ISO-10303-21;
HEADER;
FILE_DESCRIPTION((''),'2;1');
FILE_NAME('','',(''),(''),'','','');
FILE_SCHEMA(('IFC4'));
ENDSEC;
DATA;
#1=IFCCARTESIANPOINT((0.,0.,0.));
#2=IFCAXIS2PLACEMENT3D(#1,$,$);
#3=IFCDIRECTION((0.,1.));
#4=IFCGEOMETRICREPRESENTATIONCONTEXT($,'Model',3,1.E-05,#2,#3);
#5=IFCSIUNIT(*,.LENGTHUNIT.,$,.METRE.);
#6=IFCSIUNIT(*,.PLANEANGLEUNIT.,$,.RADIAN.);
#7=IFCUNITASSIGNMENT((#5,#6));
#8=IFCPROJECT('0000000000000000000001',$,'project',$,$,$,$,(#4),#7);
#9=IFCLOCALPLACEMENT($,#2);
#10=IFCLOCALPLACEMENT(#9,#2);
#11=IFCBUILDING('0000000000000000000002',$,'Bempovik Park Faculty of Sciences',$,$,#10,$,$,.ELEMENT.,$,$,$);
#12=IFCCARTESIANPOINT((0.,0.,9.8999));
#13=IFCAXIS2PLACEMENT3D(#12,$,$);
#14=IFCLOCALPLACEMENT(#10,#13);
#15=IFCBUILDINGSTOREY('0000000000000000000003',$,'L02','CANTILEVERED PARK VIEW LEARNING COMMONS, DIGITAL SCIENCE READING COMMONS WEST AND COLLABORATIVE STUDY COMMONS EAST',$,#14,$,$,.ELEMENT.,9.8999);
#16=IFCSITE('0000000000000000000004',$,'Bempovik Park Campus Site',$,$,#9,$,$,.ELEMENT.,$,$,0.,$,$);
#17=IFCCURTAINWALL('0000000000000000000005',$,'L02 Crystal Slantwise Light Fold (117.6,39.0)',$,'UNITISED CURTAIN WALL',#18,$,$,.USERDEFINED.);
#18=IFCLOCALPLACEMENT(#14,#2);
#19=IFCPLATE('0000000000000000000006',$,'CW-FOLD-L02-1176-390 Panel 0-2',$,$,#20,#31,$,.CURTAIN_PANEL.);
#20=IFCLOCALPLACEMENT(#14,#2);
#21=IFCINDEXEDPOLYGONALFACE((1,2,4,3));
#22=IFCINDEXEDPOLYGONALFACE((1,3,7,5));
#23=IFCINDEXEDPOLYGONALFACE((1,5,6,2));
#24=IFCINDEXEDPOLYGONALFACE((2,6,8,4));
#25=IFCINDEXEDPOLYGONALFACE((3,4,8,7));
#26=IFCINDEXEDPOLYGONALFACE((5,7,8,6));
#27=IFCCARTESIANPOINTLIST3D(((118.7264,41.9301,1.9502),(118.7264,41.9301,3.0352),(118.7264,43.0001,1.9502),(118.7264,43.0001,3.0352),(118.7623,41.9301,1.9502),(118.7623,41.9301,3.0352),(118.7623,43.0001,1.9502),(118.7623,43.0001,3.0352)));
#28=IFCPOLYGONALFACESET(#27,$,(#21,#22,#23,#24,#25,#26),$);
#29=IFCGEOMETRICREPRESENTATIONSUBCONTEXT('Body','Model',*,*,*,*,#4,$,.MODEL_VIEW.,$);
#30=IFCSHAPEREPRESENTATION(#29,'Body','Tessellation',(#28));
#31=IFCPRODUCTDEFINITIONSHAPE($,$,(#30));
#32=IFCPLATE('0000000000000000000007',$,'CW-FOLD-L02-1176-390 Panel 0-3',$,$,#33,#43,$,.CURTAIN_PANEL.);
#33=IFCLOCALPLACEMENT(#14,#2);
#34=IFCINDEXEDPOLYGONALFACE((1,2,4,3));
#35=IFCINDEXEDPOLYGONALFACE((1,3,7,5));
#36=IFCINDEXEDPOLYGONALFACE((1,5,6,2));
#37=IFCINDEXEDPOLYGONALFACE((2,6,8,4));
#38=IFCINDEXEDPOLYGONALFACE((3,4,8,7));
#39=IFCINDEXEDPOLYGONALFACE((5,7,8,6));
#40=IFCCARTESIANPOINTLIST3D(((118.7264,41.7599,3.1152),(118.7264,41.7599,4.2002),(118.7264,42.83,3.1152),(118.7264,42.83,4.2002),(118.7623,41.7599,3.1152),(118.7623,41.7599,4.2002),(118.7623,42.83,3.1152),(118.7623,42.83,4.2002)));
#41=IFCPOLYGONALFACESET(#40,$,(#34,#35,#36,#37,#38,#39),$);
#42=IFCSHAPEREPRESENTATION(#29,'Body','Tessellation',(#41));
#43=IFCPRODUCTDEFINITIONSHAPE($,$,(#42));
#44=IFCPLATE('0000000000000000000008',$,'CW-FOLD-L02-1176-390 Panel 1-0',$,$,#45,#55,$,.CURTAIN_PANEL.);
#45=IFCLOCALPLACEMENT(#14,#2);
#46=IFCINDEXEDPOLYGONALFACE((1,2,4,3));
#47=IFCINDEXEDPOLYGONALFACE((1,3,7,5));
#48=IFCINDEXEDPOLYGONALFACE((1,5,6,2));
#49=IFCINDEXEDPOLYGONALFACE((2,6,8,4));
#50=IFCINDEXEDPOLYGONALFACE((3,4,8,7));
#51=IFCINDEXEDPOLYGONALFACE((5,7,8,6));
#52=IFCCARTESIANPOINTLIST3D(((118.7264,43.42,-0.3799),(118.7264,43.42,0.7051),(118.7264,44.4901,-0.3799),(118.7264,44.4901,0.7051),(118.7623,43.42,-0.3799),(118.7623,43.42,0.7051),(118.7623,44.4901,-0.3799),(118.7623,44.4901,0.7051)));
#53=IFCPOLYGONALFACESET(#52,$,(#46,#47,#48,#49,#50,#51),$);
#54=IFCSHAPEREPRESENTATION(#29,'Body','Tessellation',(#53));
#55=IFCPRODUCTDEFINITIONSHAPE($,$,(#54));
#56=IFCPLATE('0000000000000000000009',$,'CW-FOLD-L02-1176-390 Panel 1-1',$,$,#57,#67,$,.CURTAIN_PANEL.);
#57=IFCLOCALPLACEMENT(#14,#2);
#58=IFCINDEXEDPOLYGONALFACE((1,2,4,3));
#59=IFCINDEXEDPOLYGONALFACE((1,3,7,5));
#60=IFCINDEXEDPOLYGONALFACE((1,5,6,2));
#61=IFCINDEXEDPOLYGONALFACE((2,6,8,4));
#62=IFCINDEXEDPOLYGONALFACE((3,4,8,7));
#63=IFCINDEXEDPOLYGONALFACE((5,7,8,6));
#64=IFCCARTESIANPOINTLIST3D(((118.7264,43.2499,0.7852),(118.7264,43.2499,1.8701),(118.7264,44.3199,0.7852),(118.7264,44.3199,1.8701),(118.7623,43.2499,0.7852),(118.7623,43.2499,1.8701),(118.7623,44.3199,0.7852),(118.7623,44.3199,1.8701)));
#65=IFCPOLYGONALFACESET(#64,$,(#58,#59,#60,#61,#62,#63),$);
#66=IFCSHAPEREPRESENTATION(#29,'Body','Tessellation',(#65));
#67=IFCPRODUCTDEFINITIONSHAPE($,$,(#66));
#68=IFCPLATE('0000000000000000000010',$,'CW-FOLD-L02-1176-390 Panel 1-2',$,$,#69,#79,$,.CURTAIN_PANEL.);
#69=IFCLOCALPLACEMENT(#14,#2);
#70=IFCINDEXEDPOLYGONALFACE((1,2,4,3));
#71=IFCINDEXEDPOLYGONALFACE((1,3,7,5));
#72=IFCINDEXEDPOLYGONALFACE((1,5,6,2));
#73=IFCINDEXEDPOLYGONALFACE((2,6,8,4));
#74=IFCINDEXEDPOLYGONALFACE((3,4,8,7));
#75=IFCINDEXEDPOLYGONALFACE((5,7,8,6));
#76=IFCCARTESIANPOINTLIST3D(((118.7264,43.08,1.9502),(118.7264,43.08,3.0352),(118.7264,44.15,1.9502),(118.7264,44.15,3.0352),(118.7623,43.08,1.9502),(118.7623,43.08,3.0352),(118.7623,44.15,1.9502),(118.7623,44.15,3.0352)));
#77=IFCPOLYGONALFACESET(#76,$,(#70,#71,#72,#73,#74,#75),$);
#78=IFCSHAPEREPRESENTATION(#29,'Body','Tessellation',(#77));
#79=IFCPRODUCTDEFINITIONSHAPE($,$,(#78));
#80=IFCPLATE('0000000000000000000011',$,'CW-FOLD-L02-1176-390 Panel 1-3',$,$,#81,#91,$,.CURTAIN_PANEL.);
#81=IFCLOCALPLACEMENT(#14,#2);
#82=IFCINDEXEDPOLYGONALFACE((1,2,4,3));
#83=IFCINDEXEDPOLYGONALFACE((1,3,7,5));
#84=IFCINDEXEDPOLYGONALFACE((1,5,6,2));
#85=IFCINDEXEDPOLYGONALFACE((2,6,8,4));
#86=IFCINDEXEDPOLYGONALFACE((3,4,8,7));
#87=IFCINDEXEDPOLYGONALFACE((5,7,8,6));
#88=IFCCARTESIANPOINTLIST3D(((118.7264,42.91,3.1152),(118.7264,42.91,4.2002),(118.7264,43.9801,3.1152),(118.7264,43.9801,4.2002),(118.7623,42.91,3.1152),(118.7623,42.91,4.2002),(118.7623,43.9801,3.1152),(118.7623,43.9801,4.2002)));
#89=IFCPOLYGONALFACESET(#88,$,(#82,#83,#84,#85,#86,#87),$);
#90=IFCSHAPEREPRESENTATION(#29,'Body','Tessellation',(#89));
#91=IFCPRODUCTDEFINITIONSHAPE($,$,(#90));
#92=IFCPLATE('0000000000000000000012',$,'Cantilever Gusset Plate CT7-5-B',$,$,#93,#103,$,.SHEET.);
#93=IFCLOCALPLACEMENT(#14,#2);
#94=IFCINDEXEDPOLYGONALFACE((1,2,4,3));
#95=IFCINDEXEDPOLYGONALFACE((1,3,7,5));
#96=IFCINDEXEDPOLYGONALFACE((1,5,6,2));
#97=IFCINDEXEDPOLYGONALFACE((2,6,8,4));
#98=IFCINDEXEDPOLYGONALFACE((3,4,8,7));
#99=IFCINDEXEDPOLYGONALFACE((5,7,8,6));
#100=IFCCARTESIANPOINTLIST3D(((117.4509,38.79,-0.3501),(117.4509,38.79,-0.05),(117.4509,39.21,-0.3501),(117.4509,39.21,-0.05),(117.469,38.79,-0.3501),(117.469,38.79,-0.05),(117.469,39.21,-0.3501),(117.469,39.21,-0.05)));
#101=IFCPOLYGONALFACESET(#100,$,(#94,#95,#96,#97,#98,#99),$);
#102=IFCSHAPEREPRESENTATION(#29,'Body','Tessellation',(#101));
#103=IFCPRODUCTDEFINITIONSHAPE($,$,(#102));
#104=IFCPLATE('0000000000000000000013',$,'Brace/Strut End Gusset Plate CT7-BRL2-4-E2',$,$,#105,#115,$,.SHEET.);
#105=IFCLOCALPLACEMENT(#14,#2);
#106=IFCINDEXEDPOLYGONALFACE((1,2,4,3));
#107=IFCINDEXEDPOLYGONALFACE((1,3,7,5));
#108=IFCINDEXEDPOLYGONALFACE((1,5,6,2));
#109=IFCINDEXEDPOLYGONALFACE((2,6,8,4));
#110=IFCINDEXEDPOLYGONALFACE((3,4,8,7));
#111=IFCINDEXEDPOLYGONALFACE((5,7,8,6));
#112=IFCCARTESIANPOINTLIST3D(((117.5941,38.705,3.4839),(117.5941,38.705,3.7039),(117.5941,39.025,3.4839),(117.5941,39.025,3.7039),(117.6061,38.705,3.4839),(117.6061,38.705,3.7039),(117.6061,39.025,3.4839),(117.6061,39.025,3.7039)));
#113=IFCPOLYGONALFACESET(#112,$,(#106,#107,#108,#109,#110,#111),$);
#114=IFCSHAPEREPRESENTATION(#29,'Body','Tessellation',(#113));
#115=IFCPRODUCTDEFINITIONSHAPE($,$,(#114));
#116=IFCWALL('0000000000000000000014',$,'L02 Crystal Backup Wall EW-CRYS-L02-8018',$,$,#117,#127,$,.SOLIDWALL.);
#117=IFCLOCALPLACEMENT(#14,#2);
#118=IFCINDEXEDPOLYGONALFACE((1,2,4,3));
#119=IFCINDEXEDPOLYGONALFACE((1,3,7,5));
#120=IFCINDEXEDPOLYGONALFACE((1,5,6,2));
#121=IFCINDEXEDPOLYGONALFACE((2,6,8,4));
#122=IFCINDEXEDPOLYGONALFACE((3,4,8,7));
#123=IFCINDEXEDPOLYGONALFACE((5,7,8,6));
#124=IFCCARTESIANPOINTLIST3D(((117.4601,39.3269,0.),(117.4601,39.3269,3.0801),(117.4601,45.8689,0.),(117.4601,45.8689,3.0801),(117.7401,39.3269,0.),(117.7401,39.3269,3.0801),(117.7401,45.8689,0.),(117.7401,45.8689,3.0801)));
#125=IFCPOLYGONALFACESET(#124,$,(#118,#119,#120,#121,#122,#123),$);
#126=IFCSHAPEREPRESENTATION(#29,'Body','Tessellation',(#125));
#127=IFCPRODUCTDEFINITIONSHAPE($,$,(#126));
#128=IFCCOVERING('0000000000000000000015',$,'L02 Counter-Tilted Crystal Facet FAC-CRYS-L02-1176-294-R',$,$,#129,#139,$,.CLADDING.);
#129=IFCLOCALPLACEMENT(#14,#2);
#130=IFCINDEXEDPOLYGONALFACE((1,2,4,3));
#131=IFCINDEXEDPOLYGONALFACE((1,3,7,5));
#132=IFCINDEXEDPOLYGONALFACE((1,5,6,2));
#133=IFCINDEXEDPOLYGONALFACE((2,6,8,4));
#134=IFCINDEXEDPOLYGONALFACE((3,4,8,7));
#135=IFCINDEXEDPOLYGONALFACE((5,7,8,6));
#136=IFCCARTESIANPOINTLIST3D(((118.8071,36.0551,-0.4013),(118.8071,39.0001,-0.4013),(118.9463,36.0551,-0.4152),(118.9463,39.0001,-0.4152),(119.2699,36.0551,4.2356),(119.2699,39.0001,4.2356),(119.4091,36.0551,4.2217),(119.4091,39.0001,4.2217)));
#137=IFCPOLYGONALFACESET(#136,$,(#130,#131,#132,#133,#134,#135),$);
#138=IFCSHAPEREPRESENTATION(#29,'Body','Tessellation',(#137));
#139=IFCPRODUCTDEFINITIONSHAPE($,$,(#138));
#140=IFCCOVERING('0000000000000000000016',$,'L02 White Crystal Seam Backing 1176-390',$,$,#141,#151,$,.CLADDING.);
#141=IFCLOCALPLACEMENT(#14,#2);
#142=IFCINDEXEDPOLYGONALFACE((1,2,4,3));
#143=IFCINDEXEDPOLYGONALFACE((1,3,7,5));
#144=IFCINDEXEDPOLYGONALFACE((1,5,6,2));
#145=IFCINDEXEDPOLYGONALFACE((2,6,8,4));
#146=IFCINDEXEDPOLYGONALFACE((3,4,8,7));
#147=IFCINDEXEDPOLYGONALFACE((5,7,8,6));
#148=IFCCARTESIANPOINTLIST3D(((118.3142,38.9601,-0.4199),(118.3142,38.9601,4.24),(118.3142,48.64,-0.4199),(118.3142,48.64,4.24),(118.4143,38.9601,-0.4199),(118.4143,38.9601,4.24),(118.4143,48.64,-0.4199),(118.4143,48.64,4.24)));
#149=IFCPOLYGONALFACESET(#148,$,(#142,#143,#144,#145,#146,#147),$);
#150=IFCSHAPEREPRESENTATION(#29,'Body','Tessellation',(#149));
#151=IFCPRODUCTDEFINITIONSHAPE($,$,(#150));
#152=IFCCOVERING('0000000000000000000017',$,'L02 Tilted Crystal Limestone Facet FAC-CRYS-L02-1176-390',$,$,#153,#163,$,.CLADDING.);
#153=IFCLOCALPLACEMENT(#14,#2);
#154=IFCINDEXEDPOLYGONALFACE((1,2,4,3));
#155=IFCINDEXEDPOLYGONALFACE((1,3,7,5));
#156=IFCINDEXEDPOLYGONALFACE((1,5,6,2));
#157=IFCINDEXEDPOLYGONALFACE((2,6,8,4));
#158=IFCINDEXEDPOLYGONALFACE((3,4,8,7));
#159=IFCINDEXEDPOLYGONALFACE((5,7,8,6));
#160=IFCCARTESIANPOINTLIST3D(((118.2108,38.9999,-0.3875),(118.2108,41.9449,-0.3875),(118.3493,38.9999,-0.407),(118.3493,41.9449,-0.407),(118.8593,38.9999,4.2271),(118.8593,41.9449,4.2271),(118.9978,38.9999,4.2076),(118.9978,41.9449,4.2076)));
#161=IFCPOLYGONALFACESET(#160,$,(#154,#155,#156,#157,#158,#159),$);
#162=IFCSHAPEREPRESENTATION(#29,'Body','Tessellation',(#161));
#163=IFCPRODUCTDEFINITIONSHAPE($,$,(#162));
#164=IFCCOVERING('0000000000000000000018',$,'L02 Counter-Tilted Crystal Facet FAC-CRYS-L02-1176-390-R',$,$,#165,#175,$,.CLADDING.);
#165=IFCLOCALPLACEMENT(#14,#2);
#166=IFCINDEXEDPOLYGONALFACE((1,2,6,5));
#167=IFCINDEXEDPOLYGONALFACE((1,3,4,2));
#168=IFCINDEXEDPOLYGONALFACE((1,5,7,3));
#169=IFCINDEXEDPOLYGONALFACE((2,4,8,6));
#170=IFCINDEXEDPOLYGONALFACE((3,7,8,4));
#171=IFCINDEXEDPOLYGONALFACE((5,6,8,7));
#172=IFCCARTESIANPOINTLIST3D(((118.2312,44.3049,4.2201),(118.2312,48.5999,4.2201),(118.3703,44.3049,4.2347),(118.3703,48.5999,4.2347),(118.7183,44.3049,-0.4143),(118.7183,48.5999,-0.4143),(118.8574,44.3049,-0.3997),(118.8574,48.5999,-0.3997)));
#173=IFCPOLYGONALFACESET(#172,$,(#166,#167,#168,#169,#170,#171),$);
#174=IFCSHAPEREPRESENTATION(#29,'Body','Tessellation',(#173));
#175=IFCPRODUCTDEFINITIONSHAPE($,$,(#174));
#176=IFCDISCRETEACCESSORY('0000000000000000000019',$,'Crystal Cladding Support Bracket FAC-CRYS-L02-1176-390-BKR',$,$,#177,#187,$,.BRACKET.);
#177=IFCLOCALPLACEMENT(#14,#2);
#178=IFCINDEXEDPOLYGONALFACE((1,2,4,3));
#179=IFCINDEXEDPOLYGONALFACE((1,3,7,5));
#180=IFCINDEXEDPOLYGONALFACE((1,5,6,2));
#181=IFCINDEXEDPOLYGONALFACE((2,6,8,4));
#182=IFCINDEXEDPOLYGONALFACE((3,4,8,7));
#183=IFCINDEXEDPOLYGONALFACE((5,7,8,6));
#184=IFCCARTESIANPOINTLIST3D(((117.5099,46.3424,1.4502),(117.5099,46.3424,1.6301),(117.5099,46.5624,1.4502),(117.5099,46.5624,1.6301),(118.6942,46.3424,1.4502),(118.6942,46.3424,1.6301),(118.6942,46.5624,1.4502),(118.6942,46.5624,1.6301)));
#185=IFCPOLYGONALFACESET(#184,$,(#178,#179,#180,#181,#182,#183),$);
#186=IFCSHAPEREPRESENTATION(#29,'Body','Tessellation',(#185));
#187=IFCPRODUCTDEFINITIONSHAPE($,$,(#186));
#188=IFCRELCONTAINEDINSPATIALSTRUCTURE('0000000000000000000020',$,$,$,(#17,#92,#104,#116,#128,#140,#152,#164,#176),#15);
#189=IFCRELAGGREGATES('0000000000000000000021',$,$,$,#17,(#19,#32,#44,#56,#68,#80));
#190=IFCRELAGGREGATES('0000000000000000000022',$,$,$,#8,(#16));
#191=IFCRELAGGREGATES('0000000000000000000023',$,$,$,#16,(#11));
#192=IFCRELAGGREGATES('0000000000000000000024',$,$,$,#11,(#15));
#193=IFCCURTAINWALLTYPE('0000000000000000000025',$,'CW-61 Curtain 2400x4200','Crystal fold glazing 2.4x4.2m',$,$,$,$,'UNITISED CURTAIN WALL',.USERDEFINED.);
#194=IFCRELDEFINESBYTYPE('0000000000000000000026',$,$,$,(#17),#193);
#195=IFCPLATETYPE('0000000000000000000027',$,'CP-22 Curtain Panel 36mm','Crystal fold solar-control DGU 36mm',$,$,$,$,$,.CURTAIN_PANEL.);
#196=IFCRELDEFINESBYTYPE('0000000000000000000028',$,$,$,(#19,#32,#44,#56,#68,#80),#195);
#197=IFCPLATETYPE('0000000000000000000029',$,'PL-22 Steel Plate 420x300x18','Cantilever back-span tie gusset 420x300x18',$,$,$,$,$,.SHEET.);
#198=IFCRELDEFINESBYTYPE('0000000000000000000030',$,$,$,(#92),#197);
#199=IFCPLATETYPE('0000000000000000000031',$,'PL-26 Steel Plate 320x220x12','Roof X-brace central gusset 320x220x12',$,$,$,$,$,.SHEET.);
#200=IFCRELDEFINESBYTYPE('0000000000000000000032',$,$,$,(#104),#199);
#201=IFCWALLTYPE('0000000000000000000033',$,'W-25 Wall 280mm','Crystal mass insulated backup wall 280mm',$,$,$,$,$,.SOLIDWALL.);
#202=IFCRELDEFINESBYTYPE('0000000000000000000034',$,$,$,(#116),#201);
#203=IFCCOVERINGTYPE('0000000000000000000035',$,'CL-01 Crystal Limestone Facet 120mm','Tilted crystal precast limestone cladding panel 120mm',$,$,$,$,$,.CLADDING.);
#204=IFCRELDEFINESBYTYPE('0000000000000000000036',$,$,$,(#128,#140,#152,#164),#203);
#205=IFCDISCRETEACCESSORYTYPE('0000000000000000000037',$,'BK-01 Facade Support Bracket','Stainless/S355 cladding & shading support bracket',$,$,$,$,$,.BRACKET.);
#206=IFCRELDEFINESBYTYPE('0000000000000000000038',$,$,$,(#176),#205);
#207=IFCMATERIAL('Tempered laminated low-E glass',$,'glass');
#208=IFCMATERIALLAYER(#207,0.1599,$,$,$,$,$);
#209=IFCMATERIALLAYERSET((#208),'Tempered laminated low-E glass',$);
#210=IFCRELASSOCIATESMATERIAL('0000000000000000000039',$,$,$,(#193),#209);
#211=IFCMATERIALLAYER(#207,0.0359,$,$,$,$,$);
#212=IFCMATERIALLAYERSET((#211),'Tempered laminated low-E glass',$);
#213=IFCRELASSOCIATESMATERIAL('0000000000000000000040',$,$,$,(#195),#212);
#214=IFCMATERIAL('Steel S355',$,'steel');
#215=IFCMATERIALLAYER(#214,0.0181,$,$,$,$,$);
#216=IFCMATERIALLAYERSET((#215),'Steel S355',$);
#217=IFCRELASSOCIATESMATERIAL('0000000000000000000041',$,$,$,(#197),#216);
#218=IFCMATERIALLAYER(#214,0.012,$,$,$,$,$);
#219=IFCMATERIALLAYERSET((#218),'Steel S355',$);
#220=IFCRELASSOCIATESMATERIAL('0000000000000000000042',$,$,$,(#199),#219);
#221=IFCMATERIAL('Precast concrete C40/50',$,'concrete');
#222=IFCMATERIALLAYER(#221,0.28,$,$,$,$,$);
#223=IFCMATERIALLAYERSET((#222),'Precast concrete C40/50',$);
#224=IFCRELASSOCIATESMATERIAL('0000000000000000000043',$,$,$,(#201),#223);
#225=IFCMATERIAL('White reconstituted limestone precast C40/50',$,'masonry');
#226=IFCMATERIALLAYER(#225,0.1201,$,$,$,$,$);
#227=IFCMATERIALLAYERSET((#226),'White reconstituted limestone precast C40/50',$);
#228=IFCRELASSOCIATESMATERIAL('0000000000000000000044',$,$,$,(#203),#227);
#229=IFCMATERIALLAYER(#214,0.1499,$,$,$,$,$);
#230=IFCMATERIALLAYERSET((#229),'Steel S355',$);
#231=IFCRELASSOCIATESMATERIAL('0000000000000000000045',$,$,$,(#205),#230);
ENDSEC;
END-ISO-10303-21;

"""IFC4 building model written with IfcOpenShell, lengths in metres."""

from ifc_helpers import new_model, si_unit, direction, frame, frame_2d, origin, origin_2d, place, context, subcontext, project, spatial, rectangle, extrude, material, layer, layer_set, type_object, element, aggregate, save


model = new_model("IFC4")

# Units and contexts
model_context = context("Model", 3, precision=1e-05, world=origin(), true_north=direction((0.0, 1.0)))
body_context = subcontext(model_context, "Body", "Model", "MODEL_VIEW")
ifc_project = project(units=[si_unit("LENGTHUNIT", "METRE"), si_unit("PLANEANGLEUNIT", "RADIAN")], contexts=[model_context])

# Site, building, storey
site_placement = place(None, origin())
site = spatial("IfcSite", under=ifc_project, at=site_placement, Name="Bempovik Park Campus Site", CompositionType="ELEMENT", RefElevation=0.0)
building_placement = place(site_placement, origin())
building = spatial("IfcBuilding", under=site, at=building_placement, Name="Bempovik Park Faculty of Sciences", CompositionType="ELEMENT")
storey_placement = place(building_placement, frame((0.0, 0.0, 9.8999)))
storey = spatial("IfcBuildingStorey", under=building, at=storey_placement, Name="L02", Description="CANTILEVERED PARK VIEW LEARNING COMMONS, DIGITAL SCIENCE READING COMMONS WEST AND COLLABORATIVE STUDY COMMONS EAST", CompositionType="ELEMENT", Elevation=9.8999)

# Shared definitions
ifc_material_1 = material(Name="Steel S355", Category="steel")

# Curtain wall, plates
ifc_material_2 = material(Name="Tempered laminated low-E glass", Category="glass")
ifc_layer_1 = layer(ifc_material_2, 0.1599)
ifc_layer_set_1 = layer_set([ifc_layer_1], Name="Tempered laminated low-E glass")
curtain_wall_type = type_object("IfcCurtainWallType", Name="CW-61 Curtain 2400x4200", Description="Crystal fold glazing 2.4x4.2m", ElementType="UNITISED CURTAIN WALL", PredefinedType="USERDEFINED", material=ifc_layer_set_1)
curtain_wall_placement = place(storey_placement, origin())
curtain_wall = element("IfcCurtainWall", 1, at=curtain_wall_placement, inside=storey, type_object=curtain_wall_type, Name="L02 Crystal Slantwise Light Fold (117.6,39.0)", ObjectType="UNITISED CURTAIN WALL", PredefinedType="USERDEFINED")
ifc_layer_2 = layer(ifc_material_2, 0.0359)
ifc_layer_set_2 = layer_set([ifc_layer_2], Name="Tempered laminated low-E glass")
plate_type_1 = type_object("IfcPlateType", Name="CP-22 Curtain Panel 36mm", Description="Crystal fold solar-control DGU 36mm", PredefinedType="CURTAIN_PANEL", material=ifc_layer_set_2)
plate_1_placement = place(storey_placement, frame((118.7444, 42.4651, 1.9502), z_axis=(0.0, 0.0, 1.0), x_axis=(0.0, 1.0, 0.0)))
plate_1 = element("IfcPlate", 2, at=plate_1_placement, type_object=plate_type_1, Name="CW-FOLD-L02-1176-390 Panel 0-2", PredefinedType="CURTAIN_PANEL", context=body_context, shape_type="SweptSolid", body=[
    extrude(rectangle(XDim=1.0701, YDim=0.0359, at=origin_2d()), origin(), (0.0, 0.0, 1.0), 1.085),
])
plate_2_placement = place(storey_placement, frame((118.7444, 42.2949, 3.1152), z_axis=(0.0, 0.0, 1.0), x_axis=(0.0, 1.0, 0.0)))
plate_2 = element("IfcPlate", 3, at=plate_2_placement, type_object=plate_type_1, Name="CW-FOLD-L02-1176-390 Panel 0-3", PredefinedType="CURTAIN_PANEL", context=body_context, shape_type="SweptSolid", body=[
    extrude(rectangle(XDim=1.0701, YDim=0.0359, at=origin_2d()), origin(), (0.0, 0.0, 1.0), 1.085),
])
plate_3_placement = place(storey_placement, frame((118.7444, 43.9551, -0.3799), z_axis=(0.0, 0.0, 1.0), x_axis=(0.0, 1.0, 0.0)))
plate_3 = element("IfcPlate", 4, at=plate_3_placement, type_object=plate_type_1, Name="CW-FOLD-L02-1176-390 Panel 1-0", PredefinedType="CURTAIN_PANEL", context=body_context, shape_type="SweptSolid", body=[
    extrude(rectangle(XDim=1.0701, YDim=0.0359, at=origin_2d()), origin(), (0.0, 0.0, 1.0), 1.085),
])
plate_4_placement = place(storey_placement, frame((118.7444, 43.7849, 0.7852), z_axis=(0.0, 0.0, 1.0), x_axis=(0.0, 1.0, 0.0)))
plate_4 = element("IfcPlate", 5, at=plate_4_placement, type_object=plate_type_1, Name="CW-FOLD-L02-1176-390 Panel 1-1", PredefinedType="CURTAIN_PANEL", context=body_context, shape_type="SweptSolid", body=[
    extrude(rectangle(XDim=1.0701, YDim=0.0359, at=origin_2d()), origin(), (0.0, 0.0, 1.0), 1.085),
])
plate_5_placement = place(storey_placement, frame((118.7444, 43.615, 1.9502), z_axis=(0.0, 0.0, 1.0), x_axis=(0.0, 1.0, 0.0)))
plate_5 = element("IfcPlate", 6, at=plate_5_placement, type_object=plate_type_1, Name="CW-FOLD-L02-1176-390 Panel 1-2", PredefinedType="CURTAIN_PANEL", context=body_context, shape_type="SweptSolid", body=[
    extrude(rectangle(XDim=1.0701, YDim=0.0359, at=origin_2d()), origin(), (0.0, 0.0, 1.0), 1.085),
])
plate_6_placement = place(storey_placement, frame((118.7444, 43.4451, 3.1152), z_axis=(0.0, 0.0, 1.0), x_axis=(0.0, 1.0, 0.0)))
plate_6 = element("IfcPlate", 7, at=plate_6_placement, type_object=plate_type_1, Name="CW-FOLD-L02-1176-390 Panel 1-3", PredefinedType="CURTAIN_PANEL", context=body_context, shape_type="SweptSolid", body=[
    extrude(rectangle(XDim=1.0701, YDim=0.0359, at=origin_2d()), origin(), (0.0, 0.0, 1.0), 1.085),
])
aggregate(curtain_wall, [plate_1, plate_2, plate_3, plate_4, plate_5, plate_6])

# Plates
ifc_layer_3 = layer(ifc_material_1, 0.0181)
ifc_layer_set_3 = layer_set([ifc_layer_3], Name="Steel S355")
plate_type_2 = type_object("IfcPlateType", Name="PL-22 Steel Plate 420x300x18", Description="Cantilever back-span tie gusset 420x300x18", PredefinedType="SHEET", material=ifc_layer_set_3)
plate_7_placement = place(storey_placement, frame((117.46, 39.0, -0.3501), z_axis=(0.0, 0.0, 1.0), x_axis=(1.0, 0.0, 0.0)))
element("IfcPlate", 8, at=plate_7_placement, inside=storey, type_object=plate_type_2, Name="Cantilever Gusset Plate CT7-5-B", PredefinedType="SHEET", context=body_context, shape_type="SweptSolid", body=[
    extrude(rectangle(XDim=0.0181, YDim=0.4199, at=origin_2d()), origin(), (0.0, 0.0, 1.0), 0.3),
])
ifc_layer_4 = layer(ifc_material_1, 0.012)
ifc_layer_set_4 = layer_set([ifc_layer_4], Name="Steel S355")
plate_type_3 = type_object("IfcPlateType", Name="PL-26 Steel Plate 320x220x12", Description="Roof X-brace central gusset 320x220x12", PredefinedType="SHEET", material=ifc_layer_set_4)
plate_8_placement = place(storey_placement, frame((117.6001, 38.865, 3.4839), z_axis=(0.0, 0.0, 1.0), x_axis=(1.0, 0.0, 0.0)))
element("IfcPlate", 9, at=plate_8_placement, inside=storey, type_object=plate_type_3, Name="Brace/Strut End Gusset Plate CT7-BRL2-4-E2", PredefinedType="SHEET", context=body_context, shape_type="SweptSolid", body=[
    extrude(rectangle(XDim=0.012, YDim=0.3201, at=origin_2d()), origin(), (0.0, 0.0, 1.0), 0.22),
])

# Wall
ifc_material_3 = material(Name="Precast concrete C40/50", Category="concrete")
ifc_layer_5 = layer(ifc_material_3, 0.28)
ifc_layer_set_5 = layer_set([ifc_layer_5], Name="Precast concrete C40/50")
wall_type = type_object("IfcWallType", Name="W-25 Wall 280mm", Description="Crystal mass insulated backup wall 280mm", PredefinedType="SOLIDWALL", material=ifc_layer_set_5)
wall_placement = place(storey_placement, frame((117.6001, 39.3269, 0.0), z_axis=(0.0, 0.0, 1.0), x_axis=(0.0, 1.0, 0.0)))
element("IfcWall", 10, at=wall_placement, inside=storey, type_object=wall_type, Name="L02 Crystal Backup Wall EW-CRYS-L02-8018", PredefinedType="SOLIDWALL", context=body_context, shape_type="SweptSolid", body=[
    extrude(rectangle(XDim=6.542, YDim=0.28, at=frame_2d((3.271, 0.0))), origin(), (0.0, 0.0, 1.0), 3.0801),
])

# Coverings
ifc_material_4 = material(Name="White reconstituted limestone precast C40/50", Category="masonry")
ifc_layer_6 = layer(ifc_material_4, 0.1201)
ifc_layer_set_6 = layer_set([ifc_layer_6], Name="White reconstituted limestone precast C40/50")
covering_type = type_object("IfcCoveringType", Name="CL-01 Crystal Limestone Facet 120mm", Description="Tilted crystal precast limestone cladding panel 120mm", PredefinedType="CLADDING", material=ifc_layer_set_6)
covering_1_placement = place(storey_placement, frame((118.8767, 37.5276, -0.4082), z_axis=(0.09932, 0.0, 0.995056), x_axis=(0.0, 1.0, 0.0)))
element("IfcCovering", 11, at=covering_1_placement, inside=storey, type_object=covering_type, Name="L02 Counter-Tilted Crystal Facet FAC-CRYS-L02-1176-294-R", PredefinedType="CLADDING", context=body_context, shape_type="SweptSolid", body=[
    extrude(rectangle(XDim=2.9451, YDim=0.1399, at=origin_2d()), origin(), (0.0, 0.0, 1.0), 4.6599),
])
covering_2_placement = place(storey_placement, frame((118.3643, 43.8, -0.4199), z_axis=(0.0, 0.0, 1.0), x_axis=(1.0, 0.0, 0.0)))
element("IfcCovering", 12, at=covering_2_placement, inside=storey, type_object=covering_type, Name="L02 White Crystal Seam Backing 1176-390", PredefinedType="CLADDING", context=body_context, shape_type="SweptSolid", body=[
    extrude(rectangle(XDim=0.1001, YDim=9.6799, at=origin_2d()), origin(), (0.0, 0.0, 1.0), 4.6599),
])
covering_3_placement = place(storey_placement, frame((118.28, 40.4724, -0.3972), z_axis=(0.139173, 0.0, 0.990268), x_axis=(0.0, 1.0, 0.0)))
element("IfcCovering", 13, at=covering_3_placement, inside=storey, type_object=covering_type, Name="L02 Tilted Crystal Limestone Facet FAC-CRYS-L02-1176-390", PredefinedType="CLADDING", context=body_context, shape_type="SweptSolid", body=[
    extrude(rectangle(XDim=2.9451, YDim=0.1399, at=origin_2d()), origin(), (0.0, 0.0, 1.0), 4.6599),
])
covering_4_placement = place(storey_placement, frame((118.7878, 46.4524, -0.407), z_axis=(-0.104528, 0.0, 0.994522), x_axis=(0.0, 1.0, 0.0)))
element("IfcCovering", 14, at=covering_4_placement, inside=storey, type_object=covering_type, Name="L02 Counter-Tilted Crystal Facet FAC-CRYS-L02-1176-390-R", PredefinedType="CLADDING", context=body_context, shape_type="SweptSolid", body=[
    extrude(rectangle(XDim=4.2949, YDim=0.1399, at=origin_2d()), origin(), (0.0, 0.0, 1.0), 4.6599),
])

# Discrete accessory
ifc_layer_7 = layer(ifc_material_1, 0.1499)
ifc_layer_set_7 = layer_set([ifc_layer_7], Name="Steel S355")
discrete_accessory_type = type_object("IfcDiscreteAccessoryType", Name="BK-01 Facade Support Bracket", Description="Stainless/S355 cladding & shading support bracket", PredefinedType="BRACKET", material=ifc_layer_set_7)
discrete_accessory_1_placement = place(storey_placement, frame((118.1021, 46.4524, 1.4502), z_axis=(0.0, 0.0, 1.0), x_axis=(1.0, 0.0, 0.0)))
element("IfcDiscreteAccessory", 15, at=discrete_accessory_1_placement, inside=storey, type_object=discrete_accessory_type, Name="Crystal Cladding Support Bracket FAC-CRYS-L02-1176-390-BKR", PredefinedType="BRACKET", context=body_context, shape_type="SweptSolid", body=[
    extrude(rectangle(XDim=1.1843, YDim=0.22, at=origin_2d()), origin(), (0.0, 0.0, 1.0), 0.1799),
])

save(model, "model.ifc")
